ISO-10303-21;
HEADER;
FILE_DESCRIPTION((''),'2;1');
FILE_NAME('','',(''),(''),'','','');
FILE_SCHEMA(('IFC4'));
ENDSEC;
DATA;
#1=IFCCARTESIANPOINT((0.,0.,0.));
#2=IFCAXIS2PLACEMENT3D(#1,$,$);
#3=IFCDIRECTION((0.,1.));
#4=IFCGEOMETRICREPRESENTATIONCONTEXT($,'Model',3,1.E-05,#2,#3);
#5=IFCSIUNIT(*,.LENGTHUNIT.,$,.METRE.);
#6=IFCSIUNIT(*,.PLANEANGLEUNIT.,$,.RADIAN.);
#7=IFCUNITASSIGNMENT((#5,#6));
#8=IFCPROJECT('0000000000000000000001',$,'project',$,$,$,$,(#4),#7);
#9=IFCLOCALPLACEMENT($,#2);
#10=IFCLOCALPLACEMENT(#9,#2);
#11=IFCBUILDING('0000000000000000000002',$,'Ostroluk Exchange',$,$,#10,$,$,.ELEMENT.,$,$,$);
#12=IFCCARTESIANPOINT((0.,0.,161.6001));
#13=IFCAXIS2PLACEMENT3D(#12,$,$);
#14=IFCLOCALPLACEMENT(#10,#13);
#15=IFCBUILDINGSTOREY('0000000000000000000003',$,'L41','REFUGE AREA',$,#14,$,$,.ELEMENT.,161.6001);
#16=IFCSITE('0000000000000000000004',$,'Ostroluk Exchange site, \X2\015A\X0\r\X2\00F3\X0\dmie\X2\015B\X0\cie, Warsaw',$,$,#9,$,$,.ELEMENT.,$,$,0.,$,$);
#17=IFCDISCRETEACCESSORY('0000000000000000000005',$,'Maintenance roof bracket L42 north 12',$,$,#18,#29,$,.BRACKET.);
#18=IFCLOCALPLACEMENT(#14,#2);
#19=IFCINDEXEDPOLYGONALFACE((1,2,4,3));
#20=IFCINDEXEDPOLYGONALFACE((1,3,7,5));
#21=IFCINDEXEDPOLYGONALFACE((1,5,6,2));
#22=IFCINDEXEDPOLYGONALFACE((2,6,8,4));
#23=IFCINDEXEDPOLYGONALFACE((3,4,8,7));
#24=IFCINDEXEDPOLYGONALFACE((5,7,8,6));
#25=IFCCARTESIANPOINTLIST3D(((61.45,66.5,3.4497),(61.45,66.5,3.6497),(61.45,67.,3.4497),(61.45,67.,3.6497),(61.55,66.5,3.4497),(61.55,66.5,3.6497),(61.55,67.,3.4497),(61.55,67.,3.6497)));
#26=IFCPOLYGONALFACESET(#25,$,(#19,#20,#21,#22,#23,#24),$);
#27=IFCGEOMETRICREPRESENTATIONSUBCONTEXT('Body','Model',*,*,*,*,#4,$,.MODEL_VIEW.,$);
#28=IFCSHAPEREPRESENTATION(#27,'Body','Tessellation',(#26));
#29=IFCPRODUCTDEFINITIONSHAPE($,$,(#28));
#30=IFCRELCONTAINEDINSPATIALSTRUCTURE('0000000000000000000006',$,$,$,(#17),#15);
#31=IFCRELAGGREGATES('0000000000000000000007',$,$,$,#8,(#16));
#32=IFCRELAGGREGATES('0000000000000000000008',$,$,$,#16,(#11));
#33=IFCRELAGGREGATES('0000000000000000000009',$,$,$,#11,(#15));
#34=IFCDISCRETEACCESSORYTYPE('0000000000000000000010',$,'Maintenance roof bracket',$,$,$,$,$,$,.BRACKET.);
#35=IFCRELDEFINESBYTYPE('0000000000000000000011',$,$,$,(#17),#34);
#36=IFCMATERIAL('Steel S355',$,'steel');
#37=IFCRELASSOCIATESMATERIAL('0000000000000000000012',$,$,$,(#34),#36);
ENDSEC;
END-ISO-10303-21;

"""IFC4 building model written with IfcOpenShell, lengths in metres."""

from ifc_helpers import new_model, si_unit, direction, frame, origin, origin_2d, place, context, subcontext, project, spatial, rectangle, extrude, material, type_object, element, save


model = new_model("IFC4")

# Units and contexts
model_context = context("Model", 3, precision=1e-05, world=origin(), true_north=direction((0.0, 1.0)))
body_context = subcontext(model_context, "Body", "Model", "MODEL_VIEW")
ifc_project = project(units=[si_unit("LENGTHUNIT", "METRE"), si_unit("PLANEANGLEUNIT", "RADIAN")], contexts=[model_context])

# Site, building, storey
site_placement = place(None, origin())
site = spatial("IfcSite", under=ifc_project, at=site_placement, Name="Ostroluk Exchange site, Śródmieście, Warsaw", CompositionType="ELEMENT", RefElevation=0.0)
building_placement = place(site_placement, origin())
building = spatial("IfcBuilding", under=site, at=building_placement, Name="Ostroluk Exchange", CompositionType="ELEMENT")
storey_placement = place(building_placement, frame((0.0, 0.0, 161.6001)))
storey = spatial("IfcBuildingStorey", under=building, at=storey_placement, Name="L41", Description="REFUGE AREA", CompositionType="ELEMENT", Elevation=161.6001)

# Discrete accessory
ifc_material_1 = material(Name="Steel S355", Category="steel")
discrete_accessory_type = type_object("IfcDiscreteAccessoryType", Name="Maintenance roof bracket", PredefinedType="BRACKET", material=ifc_material_1)
discrete_accessory_placement = place(storey_placement, frame((61.5, 66.75, 3.4497), z_axis=(0.0, 0.0, 1.0), x_axis=(1.0, 0.0, 0.0)))
element("IfcDiscreteAccessory", 1, at=discrete_accessory_placement, inside=storey, type_object=discrete_accessory_type, Name="Maintenance roof bracket L42 north 12", PredefinedType="BRACKET", context=body_context, shape_type="SweptSolid", body=[
    extrude(rectangle(XDim=0.1001, YDim=0.5, at=origin_2d()), origin(), (0.0, 0.0, 1.0), 0.2),
])

save(model, "model.ifc")
